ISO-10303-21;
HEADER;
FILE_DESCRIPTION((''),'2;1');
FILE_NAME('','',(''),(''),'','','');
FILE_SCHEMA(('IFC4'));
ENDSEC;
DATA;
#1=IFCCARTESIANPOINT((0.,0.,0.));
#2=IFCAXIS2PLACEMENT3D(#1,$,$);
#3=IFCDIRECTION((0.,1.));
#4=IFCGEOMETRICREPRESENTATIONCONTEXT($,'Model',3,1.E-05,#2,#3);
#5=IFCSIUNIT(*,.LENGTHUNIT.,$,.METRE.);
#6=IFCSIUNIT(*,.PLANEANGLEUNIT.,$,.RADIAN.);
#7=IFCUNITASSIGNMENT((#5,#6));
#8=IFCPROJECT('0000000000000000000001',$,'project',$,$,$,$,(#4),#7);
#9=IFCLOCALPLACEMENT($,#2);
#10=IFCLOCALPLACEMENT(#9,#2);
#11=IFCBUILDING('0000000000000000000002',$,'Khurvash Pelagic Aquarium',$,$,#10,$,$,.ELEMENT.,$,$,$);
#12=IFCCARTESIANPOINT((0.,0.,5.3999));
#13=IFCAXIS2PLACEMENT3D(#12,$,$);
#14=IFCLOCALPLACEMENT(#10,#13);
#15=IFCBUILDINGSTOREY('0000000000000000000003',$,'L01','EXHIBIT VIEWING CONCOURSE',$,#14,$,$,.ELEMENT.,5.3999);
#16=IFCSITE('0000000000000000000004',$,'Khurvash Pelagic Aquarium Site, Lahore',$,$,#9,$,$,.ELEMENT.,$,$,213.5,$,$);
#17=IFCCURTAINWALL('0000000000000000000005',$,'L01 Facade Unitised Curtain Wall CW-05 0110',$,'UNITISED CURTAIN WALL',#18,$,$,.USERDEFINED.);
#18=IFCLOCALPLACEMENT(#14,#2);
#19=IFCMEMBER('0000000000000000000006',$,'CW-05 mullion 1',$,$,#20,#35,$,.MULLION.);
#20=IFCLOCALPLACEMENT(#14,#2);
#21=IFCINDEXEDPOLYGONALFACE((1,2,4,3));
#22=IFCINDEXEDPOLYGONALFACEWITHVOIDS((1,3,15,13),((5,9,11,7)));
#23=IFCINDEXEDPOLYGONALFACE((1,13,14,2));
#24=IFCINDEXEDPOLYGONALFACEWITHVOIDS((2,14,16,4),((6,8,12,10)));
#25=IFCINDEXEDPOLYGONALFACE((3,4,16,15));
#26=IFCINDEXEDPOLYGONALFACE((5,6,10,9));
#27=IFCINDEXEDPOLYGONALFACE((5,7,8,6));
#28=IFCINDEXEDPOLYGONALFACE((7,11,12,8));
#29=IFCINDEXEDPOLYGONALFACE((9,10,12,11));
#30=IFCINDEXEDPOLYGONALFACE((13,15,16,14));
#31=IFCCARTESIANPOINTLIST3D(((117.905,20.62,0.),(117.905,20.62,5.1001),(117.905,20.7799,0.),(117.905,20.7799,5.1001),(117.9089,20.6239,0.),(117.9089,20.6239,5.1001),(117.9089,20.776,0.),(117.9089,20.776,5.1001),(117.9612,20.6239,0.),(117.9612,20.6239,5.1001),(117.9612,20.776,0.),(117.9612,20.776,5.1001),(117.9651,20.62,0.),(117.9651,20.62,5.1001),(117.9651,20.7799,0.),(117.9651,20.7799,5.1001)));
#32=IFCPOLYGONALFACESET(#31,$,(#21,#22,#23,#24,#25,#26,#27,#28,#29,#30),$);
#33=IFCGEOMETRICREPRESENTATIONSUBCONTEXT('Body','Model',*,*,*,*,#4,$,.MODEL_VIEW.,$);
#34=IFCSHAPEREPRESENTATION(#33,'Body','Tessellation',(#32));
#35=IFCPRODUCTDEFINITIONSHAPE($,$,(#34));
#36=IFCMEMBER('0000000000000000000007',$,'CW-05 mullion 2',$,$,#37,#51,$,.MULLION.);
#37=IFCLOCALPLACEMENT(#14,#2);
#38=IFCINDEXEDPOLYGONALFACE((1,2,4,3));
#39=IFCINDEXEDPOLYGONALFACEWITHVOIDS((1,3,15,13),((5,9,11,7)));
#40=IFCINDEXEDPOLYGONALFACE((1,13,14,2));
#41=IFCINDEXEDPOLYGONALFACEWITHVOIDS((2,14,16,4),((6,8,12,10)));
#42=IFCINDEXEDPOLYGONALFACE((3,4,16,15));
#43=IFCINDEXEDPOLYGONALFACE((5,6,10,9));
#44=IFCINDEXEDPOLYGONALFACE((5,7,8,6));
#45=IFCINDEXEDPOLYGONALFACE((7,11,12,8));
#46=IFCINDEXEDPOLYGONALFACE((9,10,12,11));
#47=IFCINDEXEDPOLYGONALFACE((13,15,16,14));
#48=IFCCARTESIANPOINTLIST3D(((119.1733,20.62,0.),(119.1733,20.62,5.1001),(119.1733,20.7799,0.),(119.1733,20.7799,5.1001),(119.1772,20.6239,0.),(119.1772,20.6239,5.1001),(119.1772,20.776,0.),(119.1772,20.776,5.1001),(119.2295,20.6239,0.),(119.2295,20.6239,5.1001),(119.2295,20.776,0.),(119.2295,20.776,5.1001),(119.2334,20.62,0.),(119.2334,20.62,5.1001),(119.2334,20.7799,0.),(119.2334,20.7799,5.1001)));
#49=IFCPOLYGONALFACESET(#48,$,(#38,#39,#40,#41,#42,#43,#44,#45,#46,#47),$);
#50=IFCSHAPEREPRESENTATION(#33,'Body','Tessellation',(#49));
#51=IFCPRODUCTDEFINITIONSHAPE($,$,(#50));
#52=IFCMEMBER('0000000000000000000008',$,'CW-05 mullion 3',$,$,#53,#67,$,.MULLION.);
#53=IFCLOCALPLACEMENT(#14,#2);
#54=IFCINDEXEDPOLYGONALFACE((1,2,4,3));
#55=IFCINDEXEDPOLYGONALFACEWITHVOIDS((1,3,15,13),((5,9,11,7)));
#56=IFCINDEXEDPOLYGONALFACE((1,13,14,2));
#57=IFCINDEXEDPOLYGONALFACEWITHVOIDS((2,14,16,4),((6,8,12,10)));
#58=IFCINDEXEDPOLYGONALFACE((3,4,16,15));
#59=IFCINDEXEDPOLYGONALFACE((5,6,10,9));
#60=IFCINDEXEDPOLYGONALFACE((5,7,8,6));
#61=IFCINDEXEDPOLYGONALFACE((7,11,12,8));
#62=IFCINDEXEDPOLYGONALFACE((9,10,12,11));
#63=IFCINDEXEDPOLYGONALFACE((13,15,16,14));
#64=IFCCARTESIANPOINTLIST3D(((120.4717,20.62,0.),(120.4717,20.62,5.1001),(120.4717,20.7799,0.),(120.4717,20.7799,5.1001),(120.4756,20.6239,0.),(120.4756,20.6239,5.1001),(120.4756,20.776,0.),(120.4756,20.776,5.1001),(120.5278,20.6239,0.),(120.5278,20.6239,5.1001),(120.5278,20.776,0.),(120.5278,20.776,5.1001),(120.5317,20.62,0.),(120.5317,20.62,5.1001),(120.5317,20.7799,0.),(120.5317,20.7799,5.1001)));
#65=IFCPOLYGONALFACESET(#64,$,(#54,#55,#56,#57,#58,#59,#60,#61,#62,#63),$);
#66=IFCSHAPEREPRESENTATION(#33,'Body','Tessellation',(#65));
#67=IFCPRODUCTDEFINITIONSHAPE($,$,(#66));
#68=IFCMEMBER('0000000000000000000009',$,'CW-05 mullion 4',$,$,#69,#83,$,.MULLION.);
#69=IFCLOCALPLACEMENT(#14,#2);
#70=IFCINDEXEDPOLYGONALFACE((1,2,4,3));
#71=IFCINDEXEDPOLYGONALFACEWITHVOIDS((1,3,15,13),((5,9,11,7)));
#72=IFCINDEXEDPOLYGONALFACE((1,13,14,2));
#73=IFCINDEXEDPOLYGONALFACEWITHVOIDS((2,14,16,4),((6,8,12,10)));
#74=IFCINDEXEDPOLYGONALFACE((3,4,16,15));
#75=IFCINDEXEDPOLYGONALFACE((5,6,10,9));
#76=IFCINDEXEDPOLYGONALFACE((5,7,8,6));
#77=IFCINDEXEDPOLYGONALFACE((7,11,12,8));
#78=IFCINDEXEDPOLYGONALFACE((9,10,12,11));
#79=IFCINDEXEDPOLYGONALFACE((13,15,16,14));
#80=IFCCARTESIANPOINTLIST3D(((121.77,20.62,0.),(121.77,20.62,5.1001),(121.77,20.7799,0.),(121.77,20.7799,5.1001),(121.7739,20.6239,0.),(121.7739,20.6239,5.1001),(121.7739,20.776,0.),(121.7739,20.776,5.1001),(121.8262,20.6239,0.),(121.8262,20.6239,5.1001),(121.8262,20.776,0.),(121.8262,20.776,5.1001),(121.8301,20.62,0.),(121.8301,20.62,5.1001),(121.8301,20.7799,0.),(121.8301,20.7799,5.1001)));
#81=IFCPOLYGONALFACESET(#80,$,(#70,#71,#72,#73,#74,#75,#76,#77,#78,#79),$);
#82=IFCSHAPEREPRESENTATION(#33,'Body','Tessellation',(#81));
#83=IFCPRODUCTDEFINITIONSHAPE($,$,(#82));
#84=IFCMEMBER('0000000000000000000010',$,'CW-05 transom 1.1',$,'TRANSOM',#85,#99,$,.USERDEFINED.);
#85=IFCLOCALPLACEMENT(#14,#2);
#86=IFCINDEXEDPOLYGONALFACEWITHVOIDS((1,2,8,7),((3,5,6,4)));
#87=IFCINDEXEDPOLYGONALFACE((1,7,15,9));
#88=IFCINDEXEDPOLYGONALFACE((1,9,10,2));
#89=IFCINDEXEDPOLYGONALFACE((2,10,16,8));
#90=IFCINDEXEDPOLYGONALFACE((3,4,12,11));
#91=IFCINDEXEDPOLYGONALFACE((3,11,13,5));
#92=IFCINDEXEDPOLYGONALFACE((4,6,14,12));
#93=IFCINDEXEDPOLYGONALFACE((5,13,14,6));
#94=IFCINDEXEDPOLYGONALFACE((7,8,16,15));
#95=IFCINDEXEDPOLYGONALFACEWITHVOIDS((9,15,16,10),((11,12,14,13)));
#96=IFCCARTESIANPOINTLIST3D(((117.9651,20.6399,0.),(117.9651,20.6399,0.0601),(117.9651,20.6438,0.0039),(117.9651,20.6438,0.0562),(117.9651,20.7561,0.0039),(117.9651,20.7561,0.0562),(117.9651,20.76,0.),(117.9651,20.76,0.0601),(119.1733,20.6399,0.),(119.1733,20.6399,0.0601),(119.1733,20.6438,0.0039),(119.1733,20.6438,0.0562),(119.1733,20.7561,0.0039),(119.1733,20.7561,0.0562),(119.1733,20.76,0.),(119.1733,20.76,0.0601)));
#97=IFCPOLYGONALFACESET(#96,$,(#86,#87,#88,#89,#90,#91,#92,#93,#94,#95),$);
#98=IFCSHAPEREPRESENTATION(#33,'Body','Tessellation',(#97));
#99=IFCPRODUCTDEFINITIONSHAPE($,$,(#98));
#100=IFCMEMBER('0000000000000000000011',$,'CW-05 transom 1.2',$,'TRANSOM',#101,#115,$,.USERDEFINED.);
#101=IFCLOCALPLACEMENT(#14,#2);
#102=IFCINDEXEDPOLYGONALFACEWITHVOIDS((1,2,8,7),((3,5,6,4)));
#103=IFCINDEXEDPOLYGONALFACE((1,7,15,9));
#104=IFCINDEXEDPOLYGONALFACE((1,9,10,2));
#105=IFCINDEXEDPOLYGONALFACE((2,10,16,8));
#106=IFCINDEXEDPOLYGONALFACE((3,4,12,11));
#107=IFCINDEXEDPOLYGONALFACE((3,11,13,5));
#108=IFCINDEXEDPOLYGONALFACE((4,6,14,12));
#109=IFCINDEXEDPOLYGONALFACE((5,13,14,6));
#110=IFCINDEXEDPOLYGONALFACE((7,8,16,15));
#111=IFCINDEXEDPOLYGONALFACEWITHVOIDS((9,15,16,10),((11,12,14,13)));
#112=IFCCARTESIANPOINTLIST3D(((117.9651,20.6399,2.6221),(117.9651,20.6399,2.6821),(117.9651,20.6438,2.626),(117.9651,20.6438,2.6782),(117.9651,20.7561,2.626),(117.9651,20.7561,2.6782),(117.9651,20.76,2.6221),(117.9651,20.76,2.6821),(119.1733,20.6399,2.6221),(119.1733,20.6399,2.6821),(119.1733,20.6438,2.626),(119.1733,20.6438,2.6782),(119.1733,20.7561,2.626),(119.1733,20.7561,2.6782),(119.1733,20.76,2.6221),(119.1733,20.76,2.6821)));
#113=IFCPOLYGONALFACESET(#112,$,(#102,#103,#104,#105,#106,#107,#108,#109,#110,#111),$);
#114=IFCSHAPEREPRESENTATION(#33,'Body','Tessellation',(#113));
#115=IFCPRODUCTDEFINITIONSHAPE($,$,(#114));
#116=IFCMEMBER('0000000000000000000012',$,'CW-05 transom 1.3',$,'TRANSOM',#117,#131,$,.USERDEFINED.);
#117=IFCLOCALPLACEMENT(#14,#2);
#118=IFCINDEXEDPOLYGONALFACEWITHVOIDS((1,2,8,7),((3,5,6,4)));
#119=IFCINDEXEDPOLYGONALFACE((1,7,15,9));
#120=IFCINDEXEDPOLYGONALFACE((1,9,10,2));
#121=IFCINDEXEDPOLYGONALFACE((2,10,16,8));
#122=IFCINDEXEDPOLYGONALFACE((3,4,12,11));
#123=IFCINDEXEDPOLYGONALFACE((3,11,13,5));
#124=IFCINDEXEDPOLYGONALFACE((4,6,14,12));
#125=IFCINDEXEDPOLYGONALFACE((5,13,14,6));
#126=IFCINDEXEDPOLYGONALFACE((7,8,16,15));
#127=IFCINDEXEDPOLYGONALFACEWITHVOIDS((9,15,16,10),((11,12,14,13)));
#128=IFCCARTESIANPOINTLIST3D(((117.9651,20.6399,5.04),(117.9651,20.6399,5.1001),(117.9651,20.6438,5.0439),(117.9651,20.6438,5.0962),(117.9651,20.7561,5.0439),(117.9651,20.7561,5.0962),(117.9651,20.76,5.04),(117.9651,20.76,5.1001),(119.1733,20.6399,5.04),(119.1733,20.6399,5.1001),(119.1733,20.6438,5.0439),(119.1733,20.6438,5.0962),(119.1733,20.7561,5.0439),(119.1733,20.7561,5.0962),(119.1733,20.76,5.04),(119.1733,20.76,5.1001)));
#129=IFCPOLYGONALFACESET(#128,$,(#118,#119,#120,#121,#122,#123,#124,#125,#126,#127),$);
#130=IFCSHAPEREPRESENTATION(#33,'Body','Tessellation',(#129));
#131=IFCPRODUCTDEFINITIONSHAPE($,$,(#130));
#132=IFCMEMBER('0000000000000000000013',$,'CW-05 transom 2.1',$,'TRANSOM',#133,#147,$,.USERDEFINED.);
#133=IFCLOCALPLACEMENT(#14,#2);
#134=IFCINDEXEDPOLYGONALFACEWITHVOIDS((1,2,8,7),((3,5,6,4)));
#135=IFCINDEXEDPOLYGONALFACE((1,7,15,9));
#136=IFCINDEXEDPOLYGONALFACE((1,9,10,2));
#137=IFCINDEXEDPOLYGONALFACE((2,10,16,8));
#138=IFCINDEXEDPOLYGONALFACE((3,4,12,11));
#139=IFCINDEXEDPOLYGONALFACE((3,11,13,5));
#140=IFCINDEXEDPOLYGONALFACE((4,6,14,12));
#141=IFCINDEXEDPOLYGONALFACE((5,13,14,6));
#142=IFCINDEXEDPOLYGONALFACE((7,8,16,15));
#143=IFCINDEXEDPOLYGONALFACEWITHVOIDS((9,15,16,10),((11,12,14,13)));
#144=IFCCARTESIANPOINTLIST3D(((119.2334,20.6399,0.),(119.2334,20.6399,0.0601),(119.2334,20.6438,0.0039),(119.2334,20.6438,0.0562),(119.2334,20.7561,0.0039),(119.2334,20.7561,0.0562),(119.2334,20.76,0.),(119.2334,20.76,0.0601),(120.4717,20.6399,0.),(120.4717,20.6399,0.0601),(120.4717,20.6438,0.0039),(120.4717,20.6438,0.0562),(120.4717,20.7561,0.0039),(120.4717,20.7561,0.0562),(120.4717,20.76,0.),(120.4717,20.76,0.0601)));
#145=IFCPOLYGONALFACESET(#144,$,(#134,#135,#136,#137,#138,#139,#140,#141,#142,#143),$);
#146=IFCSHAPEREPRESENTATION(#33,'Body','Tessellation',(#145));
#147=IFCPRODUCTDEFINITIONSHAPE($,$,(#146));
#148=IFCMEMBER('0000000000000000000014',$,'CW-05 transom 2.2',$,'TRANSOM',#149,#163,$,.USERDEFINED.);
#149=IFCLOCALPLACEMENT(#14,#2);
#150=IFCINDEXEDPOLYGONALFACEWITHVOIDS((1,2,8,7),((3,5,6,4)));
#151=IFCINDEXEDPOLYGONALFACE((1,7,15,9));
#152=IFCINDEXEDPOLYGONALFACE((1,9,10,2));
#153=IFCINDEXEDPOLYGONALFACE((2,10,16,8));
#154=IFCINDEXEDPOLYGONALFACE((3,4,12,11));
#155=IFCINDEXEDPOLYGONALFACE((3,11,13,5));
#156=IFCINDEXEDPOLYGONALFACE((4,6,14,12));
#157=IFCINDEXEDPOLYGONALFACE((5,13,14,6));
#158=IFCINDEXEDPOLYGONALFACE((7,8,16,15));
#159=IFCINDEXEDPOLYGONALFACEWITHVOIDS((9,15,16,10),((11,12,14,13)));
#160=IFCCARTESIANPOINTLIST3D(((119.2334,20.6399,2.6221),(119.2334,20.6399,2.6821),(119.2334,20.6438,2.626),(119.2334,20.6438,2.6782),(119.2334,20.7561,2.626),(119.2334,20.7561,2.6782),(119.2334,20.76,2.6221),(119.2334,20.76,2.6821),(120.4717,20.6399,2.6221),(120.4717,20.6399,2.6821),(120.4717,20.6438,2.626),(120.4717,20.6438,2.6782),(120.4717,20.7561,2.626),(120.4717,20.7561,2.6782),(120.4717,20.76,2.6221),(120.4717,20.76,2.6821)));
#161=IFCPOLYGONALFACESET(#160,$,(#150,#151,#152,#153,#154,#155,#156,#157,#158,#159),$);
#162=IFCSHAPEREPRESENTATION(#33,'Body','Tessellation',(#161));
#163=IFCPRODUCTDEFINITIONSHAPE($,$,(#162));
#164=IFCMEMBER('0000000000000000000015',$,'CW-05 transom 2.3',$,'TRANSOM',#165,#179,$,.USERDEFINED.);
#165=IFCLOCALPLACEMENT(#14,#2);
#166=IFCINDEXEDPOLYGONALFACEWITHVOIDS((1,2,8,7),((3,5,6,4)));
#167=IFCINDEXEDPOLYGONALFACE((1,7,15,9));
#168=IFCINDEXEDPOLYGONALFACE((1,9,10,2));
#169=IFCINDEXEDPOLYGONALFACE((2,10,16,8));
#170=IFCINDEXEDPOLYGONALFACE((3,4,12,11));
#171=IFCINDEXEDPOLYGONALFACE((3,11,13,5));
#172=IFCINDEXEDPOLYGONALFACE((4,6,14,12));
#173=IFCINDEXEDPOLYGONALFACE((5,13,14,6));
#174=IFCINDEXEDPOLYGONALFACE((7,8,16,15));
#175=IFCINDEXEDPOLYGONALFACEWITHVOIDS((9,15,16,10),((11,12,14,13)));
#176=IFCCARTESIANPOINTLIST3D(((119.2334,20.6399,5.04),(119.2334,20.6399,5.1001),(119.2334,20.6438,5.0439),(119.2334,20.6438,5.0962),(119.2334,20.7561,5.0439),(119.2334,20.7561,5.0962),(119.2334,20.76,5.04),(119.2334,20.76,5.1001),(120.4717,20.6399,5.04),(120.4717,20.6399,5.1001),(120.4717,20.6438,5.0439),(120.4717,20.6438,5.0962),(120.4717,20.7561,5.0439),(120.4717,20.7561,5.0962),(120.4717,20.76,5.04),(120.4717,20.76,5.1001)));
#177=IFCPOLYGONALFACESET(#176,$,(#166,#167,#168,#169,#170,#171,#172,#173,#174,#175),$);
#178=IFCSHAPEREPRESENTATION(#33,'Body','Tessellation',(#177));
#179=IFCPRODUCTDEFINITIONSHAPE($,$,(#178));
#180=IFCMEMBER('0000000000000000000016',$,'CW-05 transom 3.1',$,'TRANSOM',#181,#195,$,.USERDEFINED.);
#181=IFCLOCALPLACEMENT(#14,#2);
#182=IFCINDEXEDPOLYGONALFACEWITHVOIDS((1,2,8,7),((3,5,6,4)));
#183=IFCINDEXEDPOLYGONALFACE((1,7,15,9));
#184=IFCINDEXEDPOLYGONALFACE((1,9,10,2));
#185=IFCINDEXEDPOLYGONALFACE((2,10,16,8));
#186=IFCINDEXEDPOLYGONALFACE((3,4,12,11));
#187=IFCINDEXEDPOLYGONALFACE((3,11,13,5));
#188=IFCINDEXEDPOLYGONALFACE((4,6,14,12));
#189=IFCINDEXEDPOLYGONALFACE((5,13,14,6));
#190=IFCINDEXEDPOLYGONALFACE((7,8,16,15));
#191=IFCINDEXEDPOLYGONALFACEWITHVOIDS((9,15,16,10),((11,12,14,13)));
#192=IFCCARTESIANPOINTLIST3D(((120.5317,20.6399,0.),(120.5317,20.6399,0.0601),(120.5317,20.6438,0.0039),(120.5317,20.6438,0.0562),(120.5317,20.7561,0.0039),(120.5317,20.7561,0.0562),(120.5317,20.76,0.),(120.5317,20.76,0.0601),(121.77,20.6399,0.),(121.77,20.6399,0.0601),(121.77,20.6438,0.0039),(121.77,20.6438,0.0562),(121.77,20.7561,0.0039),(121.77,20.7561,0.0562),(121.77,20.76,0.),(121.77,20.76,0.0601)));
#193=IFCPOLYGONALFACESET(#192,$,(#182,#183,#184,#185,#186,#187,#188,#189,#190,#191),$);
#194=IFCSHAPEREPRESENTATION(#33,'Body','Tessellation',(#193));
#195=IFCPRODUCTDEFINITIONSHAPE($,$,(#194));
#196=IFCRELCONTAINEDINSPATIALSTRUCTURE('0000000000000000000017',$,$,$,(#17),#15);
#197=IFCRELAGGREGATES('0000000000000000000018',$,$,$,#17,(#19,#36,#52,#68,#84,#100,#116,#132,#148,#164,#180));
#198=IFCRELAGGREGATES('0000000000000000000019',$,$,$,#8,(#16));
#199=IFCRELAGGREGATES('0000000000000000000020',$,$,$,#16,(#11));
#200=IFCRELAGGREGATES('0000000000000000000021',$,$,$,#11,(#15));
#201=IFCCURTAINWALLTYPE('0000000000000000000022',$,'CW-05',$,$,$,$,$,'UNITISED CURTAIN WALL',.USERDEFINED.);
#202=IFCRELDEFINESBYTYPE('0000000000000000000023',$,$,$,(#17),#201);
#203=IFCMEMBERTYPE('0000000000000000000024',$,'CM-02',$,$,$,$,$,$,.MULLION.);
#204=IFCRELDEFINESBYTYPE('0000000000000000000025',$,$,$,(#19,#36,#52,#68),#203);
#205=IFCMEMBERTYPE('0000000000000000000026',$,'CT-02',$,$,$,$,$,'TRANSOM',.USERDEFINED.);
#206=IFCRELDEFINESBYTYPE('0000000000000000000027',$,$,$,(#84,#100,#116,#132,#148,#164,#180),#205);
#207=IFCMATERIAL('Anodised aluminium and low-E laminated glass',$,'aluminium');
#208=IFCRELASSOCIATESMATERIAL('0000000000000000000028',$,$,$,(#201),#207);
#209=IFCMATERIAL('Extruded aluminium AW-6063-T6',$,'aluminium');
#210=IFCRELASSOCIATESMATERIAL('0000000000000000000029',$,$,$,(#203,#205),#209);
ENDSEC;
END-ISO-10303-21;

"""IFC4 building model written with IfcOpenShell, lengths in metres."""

from ifc_helpers import new_model, si_unit, direction, frame, origin, origin_2d, place, context, subcontext, project, spatial, hollow_rectangle, extrude, material, material_profile, profile_set, type_object, element, aggregate, save


model = new_model("IFC4")

# Units and contexts
model_context = context("Model", 3, precision=1e-05, world=origin(), true_north=direction((0.0, 1.0)))
body_context = subcontext(model_context, "Body", "Model", "MODEL_VIEW")
ifc_project = project(units=[si_unit("LENGTHUNIT", "METRE"), si_unit("PLANEANGLEUNIT", "RADIAN")], contexts=[model_context])

# Site, building, storey
site_placement = place(None, origin())
site = spatial("IfcSite", under=ifc_project, at=site_placement, Name="Khurvash Pelagic Aquarium Site, Lahore", CompositionType="ELEMENT", RefElevation=213.5)
building_placement = place(site_placement, origin())
building = spatial("IfcBuilding", under=site, at=building_placement, Name="Khurvash Pelagic Aquarium", CompositionType="ELEMENT")
storey_placement = place(building_placement, frame((0.0, 0.0, 5.3999)))
storey = spatial("IfcBuildingStorey", under=building, at=storey_placement, Name="L01", Description="EXHIBIT VIEWING CONCOURSE", CompositionType="ELEMENT", Elevation=5.3999)

# Curtain wall, members
ifc_material_1 = material(Name="Anodised aluminium and low-E laminated glass", Category="aluminium")
curtain_wall_type = type_object("IfcCurtainWallType", Name="CW-05", ElementType="UNITISED CURTAIN WALL", PredefinedType="USERDEFINED", material=ifc_material_1)
curtain_wall_placement = place(storey_placement, origin())
curtain_wall = element("IfcCurtainWall", 1, at=curtain_wall_placement, inside=storey, type_object=curtain_wall_type, Name="L01 Facade Unitised Curtain Wall CW-05 0110", ObjectType="UNITISED CURTAIN WALL", PredefinedType="USERDEFINED")
ifc_material_2 = material(Name="Extruded aluminium AW-6063-T6", Category="aluminium")
ifc_material_profile_1 = material_profile(ifc_material_2, hollow_rectangle(XDim=0.0601, YDim=0.1599, WallThickness=0.0039, at=origin_2d()), Name="CWM60X160X4")
ifc_profile_set_1 = profile_set([ifc_material_profile_1], Name="Extruded aluminium AW-6063-T6")
member_type_1 = type_object("IfcMemberType", Name="CM-02", PredefinedType="MULLION", material=ifc_profile_set_1)
member_1_placement = place(storey_placement, frame((117.9351, 20.7, 0.0), z_axis=(0.0, 0.0, 1.0), x_axis=(1.0, 0.0, 0.0)))
member_1 = element("IfcMember", 2, at=member_1_placement, type_object=member_type_1, Name="CW-05 mullion 1", PredefinedType="MULLION", context=body_context, shape_type="SweptSolid", body=[
    extrude(hollow_rectangle(XDim=0.0601, YDim=0.1599, WallThickness=0.0039, at=origin_2d()), origin(), (0.0, 0.0, 1.0), 5.1001),
])
member_2_placement = place(storey_placement, frame((119.2034, 20.7, 0.0), z_axis=(0.0, 0.0, 1.0), x_axis=(1.0, 0.0, 0.0)))
member_2 = element("IfcMember", 3, at=member_2_placement, type_object=member_type_1, Name="CW-05 mullion 2", PredefinedType="MULLION", context=body_context, shape_type="SweptSolid", body=[
    extrude(hollow_rectangle(XDim=0.0601, YDim=0.1599, WallThickness=0.0039, at=origin_2d()), origin(), (0.0, 0.0, 1.0), 5.1001),
])
member_3_placement = place(storey_placement, frame((120.5017, 20.7, 0.0), z_axis=(0.0, 0.0, 1.0), x_axis=(1.0, 0.0, 0.0)))
member_3 = element("IfcMember", 4, at=member_3_placement, type_object=member_type_1, Name="CW-05 mullion 3", PredefinedType="MULLION", context=body_context, shape_type="SweptSolid", body=[
    extrude(hollow_rectangle(XDim=0.0601, YDim=0.1599, WallThickness=0.0039, at=origin_2d()), origin(), (0.0, 0.0, 1.0), 5.1001),
])
member_4_placement = place(storey_placement, frame((121.8, 20.7, 0.0), z_axis=(0.0, 0.0, 1.0), x_axis=(1.0, 0.0, 0.0)))
member_4 = element("IfcMember", 5, at=member_4_placement, type_object=member_type_1, Name="CW-05 mullion 4", PredefinedType="MULLION", context=body_context, shape_type="SweptSolid", body=[
    extrude(hollow_rectangle(XDim=0.0601, YDim=0.1599, WallThickness=0.0039, at=origin_2d()), origin(), (0.0, 0.0, 1.0), 5.1001),
])
ifc_material_profile_2 = material_profile(ifc_material_2, hollow_rectangle(XDim=0.1201, YDim=0.0601, WallThickness=0.0039, at=origin_2d()), Name="CWT120X60X4")
ifc_profile_set_2 = profile_set([ifc_material_profile_2], Name="Extruded aluminium AW-6063-T6")
member_type_2 = type_object("IfcMemberType", Name="CT-02", ElementType="TRANSOM", PredefinedType="USERDEFINED", material=ifc_profile_set_2)
member_5_placement = place(storey_placement, frame((117.9651, 20.7, 0.03), z_axis=(1.0, 0.0, 0.0), x_axis=(0.0, 1.0, 0.0)))
member_5 = element("IfcMember", 6, at=member_5_placement, type_object=member_type_2, Name="CW-05 transom 1.1", ObjectType="TRANSOM", PredefinedType="USERDEFINED", context=body_context, shape_type="SweptSolid", body=[
    extrude(hollow_rectangle(XDim=0.1201, YDim=0.0601, WallThickness=0.0039, at=origin_2d()), origin(), (0.0, 0.0, 1.0), 1.2083),
])
member_6_placement = place(storey_placement, frame((117.9651, 20.7, 2.6521), z_axis=(1.0, 0.0, 0.0), x_axis=(0.0, 1.0, 0.0)))
member_6 = element("IfcMember", 7, at=member_6_placement, type_object=member_type_2, Name="CW-05 transom 1.2", ObjectType="TRANSOM", PredefinedType="USERDEFINED", context=body_context, shape_type="SweptSolid", body=[
    extrude(hollow_rectangle(XDim=0.1201, YDim=0.0601, WallThickness=0.0039, at=origin_2d()), origin(), (0.0, 0.0, 1.0), 1.2083),
])
member_7_placement = place(storey_placement, frame((117.9651, 20.7, 5.0701), z_axis=(1.0, 0.0, 0.0), x_axis=(0.0, 1.0, 0.0)))
member_7 = element("IfcMember", 8, at=member_7_placement, type_object=member_type_2, Name="CW-05 transom 1.3", ObjectType="TRANSOM", PredefinedType="USERDEFINED", context=body_context, shape_type="SweptSolid", body=[
    extrude(hollow_rectangle(XDim=0.1201, YDim=0.0601, WallThickness=0.0039, at=origin_2d()), origin(), (0.0, 0.0, 1.0), 1.2083),
])
member_8_placement = place(storey_placement, frame((119.2334, 20.7, 0.03), z_axis=(1.0, 0.0, 0.0), x_axis=(0.0, 1.0, 0.0)))
member_8 = element("IfcMember", 9, at=member_8_placement, type_object=member_type_2, Name="CW-05 transom 2.1", ObjectType="TRANSOM", PredefinedType="USERDEFINED", context=body_context, shape_type="SweptSolid", body=[
    extrude(hollow_rectangle(XDim=0.1201, YDim=0.0601, WallThickness=0.0039, at=origin_2d()), origin(), (0.0, 0.0, 1.0), 1.2383),
])
member_9_placement = place(storey_placement, frame((119.2334, 20.7, 2.6521), z_axis=(1.0, 0.0, 0.0), x_axis=(0.0, 1.0, 0.0)))
member_9 = element("IfcMember", 10, at=member_9_placement, type_object=member_type_2, Name="CW-05 transom 2.2", ObjectType="TRANSOM", PredefinedType="USERDEFINED", context=body_context, shape_type="SweptSolid", body=[
    extrude(hollow_rectangle(XDim=0.1201, YDim=0.0601, WallThickness=0.0039, at=origin_2d()), origin(), (0.0, 0.0, 1.0), 1.2383),
])
member_10_placement = place(storey_placement, frame((119.2334, 20.7, 5.0701), z_axis=(1.0, 0.0, 0.0), x_axis=(0.0, 1.0, 0.0)))
member_10 = element("IfcMember", 11, at=member_10_placement, type_object=member_type_2, Name="CW-05 transom 2.3", ObjectType="TRANSOM", PredefinedType="USERDEFINED", context=body_context, shape_type="SweptSolid", body=[
    extrude(hollow_rectangle(XDim=0.1201, YDim=0.0601, WallThickness=0.0039, at=origin_2d()), origin(), (0.0, 0.0, 1.0), 1.2383),
])
member_11_placement = place(storey_placement, frame((120.5317, 20.7, 0.03), z_axis=(1.0, 0.0, 0.0), x_axis=(0.0, 1.0, 0.0)))
member_11 = element("IfcMember", 12, at=member_11_placement, type_object=member_type_2, Name="CW-05 transom 3.1", ObjectType="TRANSOM", PredefinedType="USERDEFINED", context=body_context, shape_type="SweptSolid", body=[
    extrude(hollow_rectangle(XDim=0.1201, YDim=0.0601, WallThickness=0.0039, at=origin_2d()), origin(), (0.0, 0.0, 1.0), 1.2383),
])
aggregate(curtain_wall, [member_1, member_2, member_3, member_4, member_5, member_6, member_7, member_8, member_9, member_10, member_11])

save(model, "model.ifc")
